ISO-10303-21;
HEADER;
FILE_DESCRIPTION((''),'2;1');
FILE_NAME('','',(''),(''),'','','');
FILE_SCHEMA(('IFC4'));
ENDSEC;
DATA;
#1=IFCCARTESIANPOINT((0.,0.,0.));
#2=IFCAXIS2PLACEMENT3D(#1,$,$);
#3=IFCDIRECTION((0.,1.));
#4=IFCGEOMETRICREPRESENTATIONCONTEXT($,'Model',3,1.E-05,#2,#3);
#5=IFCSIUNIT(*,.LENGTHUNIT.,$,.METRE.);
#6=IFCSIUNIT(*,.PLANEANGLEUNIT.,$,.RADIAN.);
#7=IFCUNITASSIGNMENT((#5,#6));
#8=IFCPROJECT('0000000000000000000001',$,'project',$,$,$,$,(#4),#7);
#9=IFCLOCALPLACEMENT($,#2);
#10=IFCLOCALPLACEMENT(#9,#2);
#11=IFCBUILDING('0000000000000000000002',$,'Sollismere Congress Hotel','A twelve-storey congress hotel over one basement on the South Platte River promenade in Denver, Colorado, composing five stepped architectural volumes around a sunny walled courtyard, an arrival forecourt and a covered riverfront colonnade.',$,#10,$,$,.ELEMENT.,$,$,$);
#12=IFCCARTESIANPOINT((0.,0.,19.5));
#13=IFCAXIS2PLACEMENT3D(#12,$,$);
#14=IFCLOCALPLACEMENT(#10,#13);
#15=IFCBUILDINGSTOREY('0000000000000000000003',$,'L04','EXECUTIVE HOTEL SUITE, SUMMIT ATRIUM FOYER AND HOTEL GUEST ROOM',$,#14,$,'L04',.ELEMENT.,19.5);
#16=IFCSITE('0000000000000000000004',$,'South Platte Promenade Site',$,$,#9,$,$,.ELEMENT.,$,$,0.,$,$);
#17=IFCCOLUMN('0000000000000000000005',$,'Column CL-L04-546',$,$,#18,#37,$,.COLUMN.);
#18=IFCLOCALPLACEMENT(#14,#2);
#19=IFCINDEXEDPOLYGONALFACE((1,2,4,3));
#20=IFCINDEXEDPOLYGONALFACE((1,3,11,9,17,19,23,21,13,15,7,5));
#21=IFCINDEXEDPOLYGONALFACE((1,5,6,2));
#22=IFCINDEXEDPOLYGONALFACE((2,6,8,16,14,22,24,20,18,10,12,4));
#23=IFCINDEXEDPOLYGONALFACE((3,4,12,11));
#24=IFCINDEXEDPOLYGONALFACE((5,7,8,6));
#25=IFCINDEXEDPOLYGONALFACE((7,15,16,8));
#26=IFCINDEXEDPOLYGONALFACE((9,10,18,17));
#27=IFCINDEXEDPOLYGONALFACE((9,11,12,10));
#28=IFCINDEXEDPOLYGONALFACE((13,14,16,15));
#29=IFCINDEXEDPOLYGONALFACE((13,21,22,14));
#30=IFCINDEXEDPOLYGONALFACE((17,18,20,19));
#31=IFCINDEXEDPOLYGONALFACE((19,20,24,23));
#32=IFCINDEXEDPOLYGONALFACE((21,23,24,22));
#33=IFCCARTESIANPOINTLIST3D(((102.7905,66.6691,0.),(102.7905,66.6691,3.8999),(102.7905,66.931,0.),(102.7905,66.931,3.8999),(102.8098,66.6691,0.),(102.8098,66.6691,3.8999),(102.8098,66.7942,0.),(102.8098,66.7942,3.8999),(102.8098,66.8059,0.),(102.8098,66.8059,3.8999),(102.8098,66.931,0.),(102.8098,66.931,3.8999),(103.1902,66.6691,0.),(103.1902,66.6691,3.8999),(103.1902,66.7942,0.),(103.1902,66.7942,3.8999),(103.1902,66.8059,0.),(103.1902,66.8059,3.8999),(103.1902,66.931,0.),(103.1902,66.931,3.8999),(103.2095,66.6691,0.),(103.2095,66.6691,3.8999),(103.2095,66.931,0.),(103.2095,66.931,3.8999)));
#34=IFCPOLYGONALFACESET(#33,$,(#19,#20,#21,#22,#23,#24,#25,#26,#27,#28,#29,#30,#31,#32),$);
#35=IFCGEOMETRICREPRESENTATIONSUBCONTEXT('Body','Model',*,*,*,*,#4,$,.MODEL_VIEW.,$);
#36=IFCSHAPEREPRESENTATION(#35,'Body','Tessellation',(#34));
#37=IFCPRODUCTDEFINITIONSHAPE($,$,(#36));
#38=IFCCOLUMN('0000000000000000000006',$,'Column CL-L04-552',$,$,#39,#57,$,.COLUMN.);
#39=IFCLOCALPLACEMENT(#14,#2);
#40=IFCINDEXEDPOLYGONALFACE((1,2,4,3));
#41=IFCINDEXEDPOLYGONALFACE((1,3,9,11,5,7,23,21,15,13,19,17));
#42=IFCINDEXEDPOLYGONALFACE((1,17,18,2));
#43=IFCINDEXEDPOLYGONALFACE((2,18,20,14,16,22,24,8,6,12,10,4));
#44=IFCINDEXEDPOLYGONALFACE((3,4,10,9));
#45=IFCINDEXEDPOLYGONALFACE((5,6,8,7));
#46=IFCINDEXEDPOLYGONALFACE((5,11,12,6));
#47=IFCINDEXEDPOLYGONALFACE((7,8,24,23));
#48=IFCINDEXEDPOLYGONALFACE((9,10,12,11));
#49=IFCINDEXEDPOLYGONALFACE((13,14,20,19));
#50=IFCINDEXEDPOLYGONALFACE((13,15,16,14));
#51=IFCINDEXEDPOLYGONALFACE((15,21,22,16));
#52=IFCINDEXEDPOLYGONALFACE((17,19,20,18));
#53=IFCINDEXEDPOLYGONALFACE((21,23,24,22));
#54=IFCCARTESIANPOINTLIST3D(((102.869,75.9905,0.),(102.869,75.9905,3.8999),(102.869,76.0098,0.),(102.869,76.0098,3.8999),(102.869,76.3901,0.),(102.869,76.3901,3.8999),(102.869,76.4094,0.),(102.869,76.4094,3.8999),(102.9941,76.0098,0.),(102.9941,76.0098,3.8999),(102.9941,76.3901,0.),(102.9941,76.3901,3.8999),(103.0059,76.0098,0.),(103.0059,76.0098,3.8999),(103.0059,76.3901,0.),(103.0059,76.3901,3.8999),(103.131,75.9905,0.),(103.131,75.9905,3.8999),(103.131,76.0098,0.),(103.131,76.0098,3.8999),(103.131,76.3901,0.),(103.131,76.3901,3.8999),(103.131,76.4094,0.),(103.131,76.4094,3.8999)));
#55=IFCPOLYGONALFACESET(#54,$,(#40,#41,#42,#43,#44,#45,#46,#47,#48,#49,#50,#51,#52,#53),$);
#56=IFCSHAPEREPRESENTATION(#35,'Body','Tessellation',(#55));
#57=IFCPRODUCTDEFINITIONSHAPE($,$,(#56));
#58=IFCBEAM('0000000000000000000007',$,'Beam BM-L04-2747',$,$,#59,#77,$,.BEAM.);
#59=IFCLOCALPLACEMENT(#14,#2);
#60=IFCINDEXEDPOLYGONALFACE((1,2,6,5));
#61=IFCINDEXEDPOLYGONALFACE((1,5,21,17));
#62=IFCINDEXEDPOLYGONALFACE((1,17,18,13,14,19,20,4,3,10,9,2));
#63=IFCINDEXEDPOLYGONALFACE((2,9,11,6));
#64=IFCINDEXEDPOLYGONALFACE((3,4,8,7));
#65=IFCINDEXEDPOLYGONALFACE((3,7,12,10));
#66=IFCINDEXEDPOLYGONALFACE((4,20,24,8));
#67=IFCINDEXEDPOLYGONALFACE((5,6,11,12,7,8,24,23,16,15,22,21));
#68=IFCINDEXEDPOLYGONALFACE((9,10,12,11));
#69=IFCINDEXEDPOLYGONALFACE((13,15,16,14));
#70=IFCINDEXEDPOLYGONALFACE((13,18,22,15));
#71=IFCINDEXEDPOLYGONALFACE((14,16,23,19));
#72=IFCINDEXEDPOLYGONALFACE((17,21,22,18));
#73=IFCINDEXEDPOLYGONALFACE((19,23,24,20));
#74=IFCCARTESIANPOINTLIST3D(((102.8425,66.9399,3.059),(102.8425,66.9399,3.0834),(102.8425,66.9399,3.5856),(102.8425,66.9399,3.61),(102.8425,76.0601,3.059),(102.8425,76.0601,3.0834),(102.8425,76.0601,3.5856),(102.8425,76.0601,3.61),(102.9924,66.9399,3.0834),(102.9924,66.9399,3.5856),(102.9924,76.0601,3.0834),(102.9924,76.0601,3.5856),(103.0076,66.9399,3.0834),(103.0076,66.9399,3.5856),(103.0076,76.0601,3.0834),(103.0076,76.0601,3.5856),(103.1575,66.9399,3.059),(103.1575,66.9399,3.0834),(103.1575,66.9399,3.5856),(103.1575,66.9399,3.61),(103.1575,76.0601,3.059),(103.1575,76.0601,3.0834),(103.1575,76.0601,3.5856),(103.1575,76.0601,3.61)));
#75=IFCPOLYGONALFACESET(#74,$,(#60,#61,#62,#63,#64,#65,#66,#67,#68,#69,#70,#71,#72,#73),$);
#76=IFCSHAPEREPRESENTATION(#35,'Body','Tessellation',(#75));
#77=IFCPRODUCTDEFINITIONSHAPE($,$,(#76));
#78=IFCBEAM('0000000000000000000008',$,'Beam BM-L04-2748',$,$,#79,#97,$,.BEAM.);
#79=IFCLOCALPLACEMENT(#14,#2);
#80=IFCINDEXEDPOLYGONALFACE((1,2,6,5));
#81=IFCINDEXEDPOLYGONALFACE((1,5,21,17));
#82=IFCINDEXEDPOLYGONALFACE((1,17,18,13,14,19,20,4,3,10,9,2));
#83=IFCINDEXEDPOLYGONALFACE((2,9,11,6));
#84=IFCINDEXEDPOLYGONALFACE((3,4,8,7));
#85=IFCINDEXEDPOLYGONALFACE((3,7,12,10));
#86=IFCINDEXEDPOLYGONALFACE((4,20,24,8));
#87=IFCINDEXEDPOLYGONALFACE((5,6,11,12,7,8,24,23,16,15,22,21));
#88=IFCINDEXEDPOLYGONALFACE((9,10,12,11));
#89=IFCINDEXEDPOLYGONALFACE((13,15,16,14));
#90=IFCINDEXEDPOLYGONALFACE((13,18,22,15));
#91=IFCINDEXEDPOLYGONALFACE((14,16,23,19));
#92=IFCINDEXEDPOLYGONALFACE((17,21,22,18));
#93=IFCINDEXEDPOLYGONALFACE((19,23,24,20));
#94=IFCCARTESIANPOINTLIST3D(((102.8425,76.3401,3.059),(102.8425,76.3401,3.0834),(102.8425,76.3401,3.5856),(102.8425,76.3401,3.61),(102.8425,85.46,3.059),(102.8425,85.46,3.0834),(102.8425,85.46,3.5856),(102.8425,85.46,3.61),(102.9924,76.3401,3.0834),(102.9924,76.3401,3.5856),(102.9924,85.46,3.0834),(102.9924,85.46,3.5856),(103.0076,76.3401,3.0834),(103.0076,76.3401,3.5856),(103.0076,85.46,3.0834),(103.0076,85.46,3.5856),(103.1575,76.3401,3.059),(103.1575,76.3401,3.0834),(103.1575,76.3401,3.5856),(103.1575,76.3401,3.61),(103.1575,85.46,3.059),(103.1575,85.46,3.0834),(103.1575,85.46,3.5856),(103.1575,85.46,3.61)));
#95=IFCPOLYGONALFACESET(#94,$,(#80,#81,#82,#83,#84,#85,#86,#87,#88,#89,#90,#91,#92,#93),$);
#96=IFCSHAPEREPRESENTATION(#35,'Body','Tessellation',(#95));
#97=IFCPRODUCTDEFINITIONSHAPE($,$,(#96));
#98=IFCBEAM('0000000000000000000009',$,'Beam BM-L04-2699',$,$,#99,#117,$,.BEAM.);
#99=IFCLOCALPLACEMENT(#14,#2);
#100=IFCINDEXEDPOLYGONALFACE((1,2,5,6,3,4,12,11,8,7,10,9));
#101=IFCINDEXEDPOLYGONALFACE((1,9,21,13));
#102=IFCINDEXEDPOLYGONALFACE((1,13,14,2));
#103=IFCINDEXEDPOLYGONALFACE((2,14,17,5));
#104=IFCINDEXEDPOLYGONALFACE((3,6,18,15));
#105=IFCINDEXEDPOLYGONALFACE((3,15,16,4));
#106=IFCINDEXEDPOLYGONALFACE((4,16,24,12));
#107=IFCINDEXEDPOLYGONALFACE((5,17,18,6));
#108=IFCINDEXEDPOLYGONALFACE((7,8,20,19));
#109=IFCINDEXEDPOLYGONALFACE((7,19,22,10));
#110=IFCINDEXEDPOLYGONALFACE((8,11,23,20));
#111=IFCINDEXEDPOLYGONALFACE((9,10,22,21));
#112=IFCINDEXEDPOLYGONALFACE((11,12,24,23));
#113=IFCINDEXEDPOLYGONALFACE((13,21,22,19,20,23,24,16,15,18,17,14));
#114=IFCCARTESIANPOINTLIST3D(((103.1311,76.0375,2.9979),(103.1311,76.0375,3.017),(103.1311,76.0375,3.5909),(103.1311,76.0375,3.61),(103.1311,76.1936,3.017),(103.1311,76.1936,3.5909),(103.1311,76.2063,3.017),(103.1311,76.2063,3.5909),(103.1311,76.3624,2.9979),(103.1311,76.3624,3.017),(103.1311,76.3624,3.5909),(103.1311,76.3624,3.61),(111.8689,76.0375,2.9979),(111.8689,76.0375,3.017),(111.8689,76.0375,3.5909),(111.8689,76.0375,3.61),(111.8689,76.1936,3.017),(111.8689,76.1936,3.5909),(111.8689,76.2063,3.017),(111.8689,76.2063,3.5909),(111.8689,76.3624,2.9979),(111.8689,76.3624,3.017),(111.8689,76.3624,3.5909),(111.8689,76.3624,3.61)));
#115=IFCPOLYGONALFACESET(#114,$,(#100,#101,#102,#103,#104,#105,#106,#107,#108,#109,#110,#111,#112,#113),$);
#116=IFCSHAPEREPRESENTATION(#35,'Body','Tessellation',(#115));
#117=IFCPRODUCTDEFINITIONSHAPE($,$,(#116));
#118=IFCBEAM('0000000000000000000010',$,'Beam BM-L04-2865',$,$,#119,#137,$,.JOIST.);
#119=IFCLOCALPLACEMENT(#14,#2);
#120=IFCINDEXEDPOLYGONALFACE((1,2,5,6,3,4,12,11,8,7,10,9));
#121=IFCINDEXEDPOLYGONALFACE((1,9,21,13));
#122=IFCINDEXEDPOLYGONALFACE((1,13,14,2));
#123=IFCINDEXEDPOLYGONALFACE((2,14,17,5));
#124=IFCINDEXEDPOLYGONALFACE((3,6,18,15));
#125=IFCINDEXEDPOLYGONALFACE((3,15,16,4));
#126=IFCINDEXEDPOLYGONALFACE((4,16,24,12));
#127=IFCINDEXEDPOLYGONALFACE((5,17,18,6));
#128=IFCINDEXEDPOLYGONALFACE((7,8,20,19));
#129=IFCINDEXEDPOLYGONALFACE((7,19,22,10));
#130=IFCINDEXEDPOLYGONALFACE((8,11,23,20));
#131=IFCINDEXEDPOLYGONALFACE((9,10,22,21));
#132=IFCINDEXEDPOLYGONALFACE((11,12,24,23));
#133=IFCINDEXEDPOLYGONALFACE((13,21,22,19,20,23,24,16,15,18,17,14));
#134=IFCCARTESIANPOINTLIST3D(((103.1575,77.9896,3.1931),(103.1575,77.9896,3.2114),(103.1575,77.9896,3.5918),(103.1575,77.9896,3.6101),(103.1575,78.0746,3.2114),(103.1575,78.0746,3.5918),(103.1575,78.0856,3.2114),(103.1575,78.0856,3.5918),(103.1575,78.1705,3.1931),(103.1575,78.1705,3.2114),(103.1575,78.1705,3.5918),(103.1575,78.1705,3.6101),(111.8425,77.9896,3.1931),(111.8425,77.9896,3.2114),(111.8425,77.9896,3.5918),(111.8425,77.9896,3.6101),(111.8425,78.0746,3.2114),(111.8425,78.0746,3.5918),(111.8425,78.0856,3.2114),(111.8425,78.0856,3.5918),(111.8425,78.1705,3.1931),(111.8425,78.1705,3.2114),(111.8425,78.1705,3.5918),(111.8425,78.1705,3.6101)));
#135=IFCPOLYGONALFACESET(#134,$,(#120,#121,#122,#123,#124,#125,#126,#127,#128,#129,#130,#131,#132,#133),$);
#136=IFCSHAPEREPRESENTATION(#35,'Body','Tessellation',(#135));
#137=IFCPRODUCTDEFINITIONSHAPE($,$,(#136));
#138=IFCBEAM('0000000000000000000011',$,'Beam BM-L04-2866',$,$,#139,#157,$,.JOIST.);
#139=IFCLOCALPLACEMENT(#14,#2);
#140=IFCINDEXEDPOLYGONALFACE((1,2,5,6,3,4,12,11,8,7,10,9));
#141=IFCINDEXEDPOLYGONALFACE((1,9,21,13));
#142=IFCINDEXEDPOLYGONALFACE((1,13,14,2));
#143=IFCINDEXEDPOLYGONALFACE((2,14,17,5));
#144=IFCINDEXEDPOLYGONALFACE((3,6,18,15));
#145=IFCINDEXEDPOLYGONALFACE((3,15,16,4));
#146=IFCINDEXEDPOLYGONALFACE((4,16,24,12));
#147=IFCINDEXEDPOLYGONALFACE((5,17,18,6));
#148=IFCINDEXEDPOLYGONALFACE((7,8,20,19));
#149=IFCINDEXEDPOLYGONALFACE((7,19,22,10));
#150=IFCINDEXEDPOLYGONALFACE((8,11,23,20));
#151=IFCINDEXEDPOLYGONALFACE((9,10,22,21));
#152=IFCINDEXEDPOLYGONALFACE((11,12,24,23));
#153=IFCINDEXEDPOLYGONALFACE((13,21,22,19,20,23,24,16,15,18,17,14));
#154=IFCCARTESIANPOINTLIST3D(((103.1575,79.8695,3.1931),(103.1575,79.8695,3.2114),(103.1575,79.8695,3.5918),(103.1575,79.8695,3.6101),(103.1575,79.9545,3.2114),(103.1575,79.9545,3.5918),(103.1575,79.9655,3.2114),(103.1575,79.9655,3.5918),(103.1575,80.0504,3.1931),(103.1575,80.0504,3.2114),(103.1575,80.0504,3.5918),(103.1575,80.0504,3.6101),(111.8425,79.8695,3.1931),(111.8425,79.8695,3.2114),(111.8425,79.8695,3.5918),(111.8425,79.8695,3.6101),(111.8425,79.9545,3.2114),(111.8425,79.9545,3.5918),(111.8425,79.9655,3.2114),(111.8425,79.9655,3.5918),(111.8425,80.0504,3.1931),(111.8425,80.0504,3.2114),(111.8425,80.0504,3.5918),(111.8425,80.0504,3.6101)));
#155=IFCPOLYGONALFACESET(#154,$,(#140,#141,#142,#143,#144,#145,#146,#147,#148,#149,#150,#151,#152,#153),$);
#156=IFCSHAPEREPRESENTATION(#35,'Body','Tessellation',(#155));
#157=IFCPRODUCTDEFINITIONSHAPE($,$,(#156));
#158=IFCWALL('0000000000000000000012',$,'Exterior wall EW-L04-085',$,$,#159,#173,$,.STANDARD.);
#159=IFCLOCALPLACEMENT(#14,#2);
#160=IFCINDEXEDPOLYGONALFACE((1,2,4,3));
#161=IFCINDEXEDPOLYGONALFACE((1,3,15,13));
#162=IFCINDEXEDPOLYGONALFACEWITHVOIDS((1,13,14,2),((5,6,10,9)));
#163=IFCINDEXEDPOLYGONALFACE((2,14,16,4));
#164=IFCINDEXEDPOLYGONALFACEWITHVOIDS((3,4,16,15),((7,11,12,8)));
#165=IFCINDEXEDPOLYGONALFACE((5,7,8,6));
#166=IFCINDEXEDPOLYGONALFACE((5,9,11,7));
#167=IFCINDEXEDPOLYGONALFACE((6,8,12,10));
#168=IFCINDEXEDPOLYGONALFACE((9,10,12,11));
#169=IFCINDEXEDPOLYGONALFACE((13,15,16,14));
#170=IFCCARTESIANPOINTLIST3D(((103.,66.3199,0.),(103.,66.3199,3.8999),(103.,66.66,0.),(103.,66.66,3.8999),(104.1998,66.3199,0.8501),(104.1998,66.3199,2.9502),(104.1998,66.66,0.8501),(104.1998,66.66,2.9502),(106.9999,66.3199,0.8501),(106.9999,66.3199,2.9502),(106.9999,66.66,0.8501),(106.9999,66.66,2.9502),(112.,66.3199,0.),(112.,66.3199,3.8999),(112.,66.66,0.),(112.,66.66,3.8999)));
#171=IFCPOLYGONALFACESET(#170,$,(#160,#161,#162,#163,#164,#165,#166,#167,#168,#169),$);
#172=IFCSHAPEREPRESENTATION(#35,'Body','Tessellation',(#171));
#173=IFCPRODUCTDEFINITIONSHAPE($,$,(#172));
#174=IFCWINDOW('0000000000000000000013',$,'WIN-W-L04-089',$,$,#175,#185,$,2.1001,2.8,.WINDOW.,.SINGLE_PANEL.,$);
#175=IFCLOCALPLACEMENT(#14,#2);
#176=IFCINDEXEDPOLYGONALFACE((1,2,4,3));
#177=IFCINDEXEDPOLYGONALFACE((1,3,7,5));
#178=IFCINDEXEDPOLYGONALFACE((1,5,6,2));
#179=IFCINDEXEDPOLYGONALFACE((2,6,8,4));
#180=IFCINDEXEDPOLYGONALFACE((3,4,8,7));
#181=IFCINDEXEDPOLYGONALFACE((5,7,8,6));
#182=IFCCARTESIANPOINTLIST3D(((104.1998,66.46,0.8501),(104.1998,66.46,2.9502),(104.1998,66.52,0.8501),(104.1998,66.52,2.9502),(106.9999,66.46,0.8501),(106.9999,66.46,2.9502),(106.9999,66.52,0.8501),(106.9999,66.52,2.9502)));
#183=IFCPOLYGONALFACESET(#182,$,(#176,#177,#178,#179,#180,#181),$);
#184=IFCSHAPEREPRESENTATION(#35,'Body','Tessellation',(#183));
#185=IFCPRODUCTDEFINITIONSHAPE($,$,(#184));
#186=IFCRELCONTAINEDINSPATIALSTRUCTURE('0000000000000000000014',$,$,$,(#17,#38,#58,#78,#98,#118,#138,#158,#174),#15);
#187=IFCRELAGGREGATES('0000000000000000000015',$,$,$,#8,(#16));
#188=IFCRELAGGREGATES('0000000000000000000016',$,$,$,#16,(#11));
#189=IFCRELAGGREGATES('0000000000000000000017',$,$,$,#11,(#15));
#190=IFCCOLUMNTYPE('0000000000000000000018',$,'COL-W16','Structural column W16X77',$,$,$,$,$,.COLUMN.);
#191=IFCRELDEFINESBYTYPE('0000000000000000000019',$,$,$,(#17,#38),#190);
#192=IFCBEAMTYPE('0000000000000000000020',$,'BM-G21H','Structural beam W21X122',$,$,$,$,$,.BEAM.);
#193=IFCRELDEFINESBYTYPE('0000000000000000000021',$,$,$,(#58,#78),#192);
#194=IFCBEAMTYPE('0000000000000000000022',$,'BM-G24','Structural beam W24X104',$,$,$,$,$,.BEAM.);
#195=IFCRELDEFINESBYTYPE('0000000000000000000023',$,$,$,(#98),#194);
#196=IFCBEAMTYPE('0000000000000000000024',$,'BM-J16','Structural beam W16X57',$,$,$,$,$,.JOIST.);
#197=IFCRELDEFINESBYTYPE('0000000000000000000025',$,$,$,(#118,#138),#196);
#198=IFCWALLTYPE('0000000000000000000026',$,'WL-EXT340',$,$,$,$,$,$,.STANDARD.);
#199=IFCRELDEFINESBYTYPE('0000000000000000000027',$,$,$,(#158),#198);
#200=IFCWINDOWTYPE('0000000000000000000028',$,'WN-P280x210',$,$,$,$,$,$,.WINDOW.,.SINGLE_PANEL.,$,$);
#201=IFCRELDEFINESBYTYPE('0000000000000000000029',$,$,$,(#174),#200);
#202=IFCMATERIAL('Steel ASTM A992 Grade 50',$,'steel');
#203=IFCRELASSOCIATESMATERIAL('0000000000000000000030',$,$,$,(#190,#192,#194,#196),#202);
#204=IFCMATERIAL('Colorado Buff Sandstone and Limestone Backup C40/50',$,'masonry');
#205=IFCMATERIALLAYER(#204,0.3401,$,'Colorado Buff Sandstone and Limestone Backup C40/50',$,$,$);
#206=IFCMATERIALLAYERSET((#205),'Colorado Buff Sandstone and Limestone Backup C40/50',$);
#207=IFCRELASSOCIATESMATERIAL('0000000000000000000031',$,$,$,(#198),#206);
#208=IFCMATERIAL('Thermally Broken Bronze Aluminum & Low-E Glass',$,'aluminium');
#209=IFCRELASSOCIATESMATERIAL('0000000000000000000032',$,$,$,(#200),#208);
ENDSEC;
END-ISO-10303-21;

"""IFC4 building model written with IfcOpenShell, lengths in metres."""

from ifc_helpers import new_model, si_unit, direction, frame, frame_2d, origin, origin_2d, place, context, subcontext, project, spatial, rectangle, i_section, extrude, material, layer, layer_set, material_profile, profile_set, type_object, element, fill, save


model = new_model("IFC4")

# Units and contexts
model_context = context("Model", 3, precision=1e-05, world=origin(), true_north=direction((0.0, 1.0)))
body_context = subcontext(model_context, "Body", "Model", "MODEL_VIEW")
ifc_project = project(units=[si_unit("LENGTHUNIT", "METRE"), si_unit("PLANEANGLEUNIT", "RADIAN")], contexts=[model_context])

# Site, building, storey
site_placement = place(None, origin())
site = spatial("IfcSite", under=ifc_project, at=site_placement, Name="South Platte Promenade Site", CompositionType="ELEMENT", RefElevation=0.0)
building_placement = place(site_placement, origin())
building = spatial("IfcBuilding", under=site, at=building_placement, Name="Sollismere Congress Hotel", Description="A twelve-storey congress hotel over one basement on the South Platte River promenade in Denver, Colorado, composing five stepped architectural volumes around a sunny walled courtyard, an arrival forecourt and a covered riverfront colonnade.", CompositionType="ELEMENT")
storey_placement = place(building_placement, frame((0.0, 0.0, 19.5)))
storey = spatial("IfcBuildingStorey", under=building, at=storey_placement, Name="L04", Description="EXECUTIVE HOTEL SUITE, SUMMIT ATRIUM FOYER AND HOTEL GUEST ROOM", LongName="L04", CompositionType="ELEMENT", Elevation=19.5)

# Columns
ifc_material_1 = material(Name="Steel ASTM A992 Grade 50", Category="steel")
ifc_material_profile_1 = material_profile(ifc_material_1, i_section(OverallWidth=0.262, OverallDepth=0.4189, WebThickness=0.0117, FlangeThickness=0.0193, at=origin_2d()), Name="W16X77")
ifc_profile_set_1 = profile_set([ifc_material_profile_1], Name="Steel ASTM A992 Grade 50")
column_type = type_object("IfcColumnType", Name="COL-W16", Description="Structural column W16X77", PredefinedType="COLUMN", material=ifc_profile_set_1)
for number, where, z_axis, x_axis, name in (
    (1, (103.0, 66.8, 0.0), (0.0, 0.0, 1.0), (0.0, 1.0, 0.0), "Column CL-L04-546"),
    (2, (103.0, 76.2, 0.0), (0.0, 0.0, 1.0), (1.0, 0.0, 0.0), "Column CL-L04-552"),
):
    element("IfcColumn", number, at=place(storey_placement, frame(where, z_axis=z_axis, x_axis=x_axis)), inside=storey, type_object=column_type, Name=name, PredefinedType="COLUMN", context=body_context, shape_type="SweptSolid", body=[
        extrude(i_section(OverallWidth=0.262, OverallDepth=0.4189, WebThickness=0.0117, FlangeThickness=0.0193, at=origin_2d()), origin(), (0.0, 0.0, 1.0), 3.8999),
    ])

# Beams
ifc_material_profile_2 = material_profile(ifc_material_1, i_section(OverallWidth=0.3149, OverallDepth=0.551, WebThickness=0.0151, FlangeThickness=0.0244, at=origin_2d()), Name="W21X122")
ifc_profile_set_2 = profile_set([ifc_material_profile_2], Name="Steel ASTM A992 Grade 50")
beam_type_1 = type_object("IfcBeamType", Name="BM-G21H", Description="Structural beam W21X122", PredefinedType="BEAM", material=ifc_profile_set_2)
beam_1_placement = place(storey_placement, frame((103.0, 66.9399, 3.3345), z_axis=(0.0, 1.0, 0.0), x_axis=(-1.0, 0.0, 0.0)))
element("IfcBeam", 3, at=beam_1_placement, inside=storey, type_object=beam_type_1, Name="Beam BM-L04-2747", PredefinedType="BEAM", context=body_context, shape_type="SweptSolid", body=[
    extrude(i_section(OverallWidth=0.3149, OverallDepth=0.551, WebThickness=0.0151, FlangeThickness=0.0244, at=origin_2d()), origin(), (0.0, 0.0, 1.0), 9.1201),
])
beam_2_placement = place(storey_placement, frame((103.0, 76.3401, 3.3345), z_axis=(0.0, 1.0, 0.0), x_axis=(-1.0, 0.0, 0.0)))
element("IfcBeam", 4, at=beam_2_placement, inside=storey, type_object=beam_type_1, Name="Beam BM-L04-2748", PredefinedType="BEAM", context=body_context, shape_type="SweptSolid", body=[
    extrude(i_section(OverallWidth=0.3149, OverallDepth=0.551, WebThickness=0.0151, FlangeThickness=0.0244, at=origin_2d()), origin(), (0.0, 0.0, 1.0), 9.1199),
])
ifc_material_profile_3 = material_profile(ifc_material_1, i_section(OverallWidth=0.325, OverallDepth=0.6121, WebThickness=0.0127, FlangeThickness=0.019, at=origin_2d()), Name="W24X104")
ifc_profile_set_3 = profile_set([ifc_material_profile_3], Name="Steel ASTM A992 Grade 50")
beam_type_2 = type_object("IfcBeamType", Name="BM-G24", Description="Structural beam W24X104", PredefinedType="BEAM", material=ifc_profile_set_3)
beam_3_placement = place(storey_placement, frame((103.1311, 76.2, 3.304), z_axis=(1.0, 0.0, 0.0), x_axis=(0.0, 1.0, 0.0)))
element("IfcBeam", 5, at=beam_3_placement, inside=storey, type_object=beam_type_2, Name="Beam BM-L04-2699", PredefinedType="BEAM", context=body_context, shape_type="SweptSolid", body=[
    extrude(i_section(OverallWidth=0.325, OverallDepth=0.6121, WebThickness=0.0127, FlangeThickness=0.019, at=origin_2d()), origin(), (0.0, 0.0, 1.0), 8.7378),
])
ifc_material_profile_4 = material_profile(ifc_material_1, i_section(OverallWidth=0.1809, OverallDepth=0.417, WebThickness=0.011, FlangeThickness=0.0183, at=origin_2d()), Name="W16X57")
ifc_profile_set_4 = profile_set([ifc_material_profile_4], Name="Steel ASTM A992 Grade 50")
beam_type_3 = type_object("IfcBeamType", Name="BM-J16", Description="Structural beam W16X57", PredefinedType="JOIST", material=ifc_profile_set_4)
for number, where, z_axis, x_axis, name in (
    (6, (103.1575, 78.0801, 3.4016), (1.0, 0.0, 0.0), (0.0, 1.0, 0.0), "Beam BM-L04-2865"),
    (7, (103.1575, 79.96, 3.4016), (1.0, 0.0, 0.0), (0.0, 1.0, 0.0), "Beam BM-L04-2866"),
):
    element("IfcBeam", number, at=place(storey_placement, frame(where, z_axis=z_axis, x_axis=x_axis)), inside=storey, type_object=beam_type_3, Name=name, PredefinedType="JOIST", context=body_context, shape_type="SweptSolid", body=[
        extrude(i_section(OverallWidth=0.1809, OverallDepth=0.417, WebThickness=0.011, FlangeThickness=0.0183, at=origin_2d()), origin(), (0.0, 0.0, 1.0), 8.6851),
    ])

# Wall, opening, window
ifc_material_2 = material(Name="Colorado Buff Sandstone and Limestone Backup C40/50", Category="masonry")
ifc_layer_1 = layer(ifc_material_2, 0.3401, Name="Colorado Buff Sandstone and Limestone Backup C40/50")
ifc_layer_set_1 = layer_set([ifc_layer_1], Name="Colorado Buff Sandstone and Limestone Backup C40/50")
wall_type_1 = type_object("IfcWallType", Name="WL-EXT340", PredefinedType="STANDARD", material=ifc_layer_set_1)
wall_1_placement = place(storey_placement, frame((103.0, 66.49, 0.0), z_axis=(0.0, 0.0, 1.0), x_axis=(1.0, 0.0, 0.0)))
wall_1 = element("IfcWall", 8, at=wall_1_placement, inside=storey, type_object=wall_type_1, Name="Exterior wall EW-L04-085", PredefinedType="STANDARD", context=body_context, shape_type="SweptSolid", body=[
    extrude(rectangle(XDim=9.0, YDim=0.3401, at=frame_2d((4.5, 0.0))), origin(), (0.0, 0.0, 1.0), 3.8999),
])
opening_1_placement = place(wall_1_placement, frame((1.2, 0.0, 0.8501)))
opening_1 = element("IfcOpeningElement", 9, at=opening_1_placement, cuts=wall_1, PredefinedType="OPENING", context=body_context, shape_type="SweptSolid", body=[
    extrude(rectangle(XDim=2.8, YDim=2.1001, at=frame_2d((1.3999, 1.05))), frame((0.0, 0.1799, 0.0), z_axis=(0.0, -1.0, 0.0), x_axis=(1.0, 0.0, 0.0)), (0.0, 0.0, 1.0), 0.3601),
])
ifc_material_3 = material(Name="Thermally Broken Bronze Aluminum & Low-E Glass", Category="aluminium")
window_type = type_object("IfcWindowType", Name="WN-P280x210", PartitioningType="SINGLE_PANEL", PredefinedType="WINDOW", material=ifc_material_3)
window_placement = place(opening_1_placement, origin())
window = element("IfcWindow", 10, at=window_placement, inside=storey, type_object=window_type, Name="WIN-W-L04-089", OverallHeight=2.1001, OverallWidth=2.8, PartitioningType="SINGLE_PANEL", PredefinedType="WINDOW", context=body_context, shape_type="SweptSolid", body=[
    extrude(rectangle(XDim=2.8, YDim=2.1001, at=frame_2d((1.3999, 1.05))), frame((0.0, 0.03, 0.0), z_axis=(0.0, -1.0, 0.0), x_axis=(1.0, 0.0, 0.0)), (0.0, 0.0, 1.0), 0.0601),
])
fill(opening_1, window)

save(model, "model.ifc")
